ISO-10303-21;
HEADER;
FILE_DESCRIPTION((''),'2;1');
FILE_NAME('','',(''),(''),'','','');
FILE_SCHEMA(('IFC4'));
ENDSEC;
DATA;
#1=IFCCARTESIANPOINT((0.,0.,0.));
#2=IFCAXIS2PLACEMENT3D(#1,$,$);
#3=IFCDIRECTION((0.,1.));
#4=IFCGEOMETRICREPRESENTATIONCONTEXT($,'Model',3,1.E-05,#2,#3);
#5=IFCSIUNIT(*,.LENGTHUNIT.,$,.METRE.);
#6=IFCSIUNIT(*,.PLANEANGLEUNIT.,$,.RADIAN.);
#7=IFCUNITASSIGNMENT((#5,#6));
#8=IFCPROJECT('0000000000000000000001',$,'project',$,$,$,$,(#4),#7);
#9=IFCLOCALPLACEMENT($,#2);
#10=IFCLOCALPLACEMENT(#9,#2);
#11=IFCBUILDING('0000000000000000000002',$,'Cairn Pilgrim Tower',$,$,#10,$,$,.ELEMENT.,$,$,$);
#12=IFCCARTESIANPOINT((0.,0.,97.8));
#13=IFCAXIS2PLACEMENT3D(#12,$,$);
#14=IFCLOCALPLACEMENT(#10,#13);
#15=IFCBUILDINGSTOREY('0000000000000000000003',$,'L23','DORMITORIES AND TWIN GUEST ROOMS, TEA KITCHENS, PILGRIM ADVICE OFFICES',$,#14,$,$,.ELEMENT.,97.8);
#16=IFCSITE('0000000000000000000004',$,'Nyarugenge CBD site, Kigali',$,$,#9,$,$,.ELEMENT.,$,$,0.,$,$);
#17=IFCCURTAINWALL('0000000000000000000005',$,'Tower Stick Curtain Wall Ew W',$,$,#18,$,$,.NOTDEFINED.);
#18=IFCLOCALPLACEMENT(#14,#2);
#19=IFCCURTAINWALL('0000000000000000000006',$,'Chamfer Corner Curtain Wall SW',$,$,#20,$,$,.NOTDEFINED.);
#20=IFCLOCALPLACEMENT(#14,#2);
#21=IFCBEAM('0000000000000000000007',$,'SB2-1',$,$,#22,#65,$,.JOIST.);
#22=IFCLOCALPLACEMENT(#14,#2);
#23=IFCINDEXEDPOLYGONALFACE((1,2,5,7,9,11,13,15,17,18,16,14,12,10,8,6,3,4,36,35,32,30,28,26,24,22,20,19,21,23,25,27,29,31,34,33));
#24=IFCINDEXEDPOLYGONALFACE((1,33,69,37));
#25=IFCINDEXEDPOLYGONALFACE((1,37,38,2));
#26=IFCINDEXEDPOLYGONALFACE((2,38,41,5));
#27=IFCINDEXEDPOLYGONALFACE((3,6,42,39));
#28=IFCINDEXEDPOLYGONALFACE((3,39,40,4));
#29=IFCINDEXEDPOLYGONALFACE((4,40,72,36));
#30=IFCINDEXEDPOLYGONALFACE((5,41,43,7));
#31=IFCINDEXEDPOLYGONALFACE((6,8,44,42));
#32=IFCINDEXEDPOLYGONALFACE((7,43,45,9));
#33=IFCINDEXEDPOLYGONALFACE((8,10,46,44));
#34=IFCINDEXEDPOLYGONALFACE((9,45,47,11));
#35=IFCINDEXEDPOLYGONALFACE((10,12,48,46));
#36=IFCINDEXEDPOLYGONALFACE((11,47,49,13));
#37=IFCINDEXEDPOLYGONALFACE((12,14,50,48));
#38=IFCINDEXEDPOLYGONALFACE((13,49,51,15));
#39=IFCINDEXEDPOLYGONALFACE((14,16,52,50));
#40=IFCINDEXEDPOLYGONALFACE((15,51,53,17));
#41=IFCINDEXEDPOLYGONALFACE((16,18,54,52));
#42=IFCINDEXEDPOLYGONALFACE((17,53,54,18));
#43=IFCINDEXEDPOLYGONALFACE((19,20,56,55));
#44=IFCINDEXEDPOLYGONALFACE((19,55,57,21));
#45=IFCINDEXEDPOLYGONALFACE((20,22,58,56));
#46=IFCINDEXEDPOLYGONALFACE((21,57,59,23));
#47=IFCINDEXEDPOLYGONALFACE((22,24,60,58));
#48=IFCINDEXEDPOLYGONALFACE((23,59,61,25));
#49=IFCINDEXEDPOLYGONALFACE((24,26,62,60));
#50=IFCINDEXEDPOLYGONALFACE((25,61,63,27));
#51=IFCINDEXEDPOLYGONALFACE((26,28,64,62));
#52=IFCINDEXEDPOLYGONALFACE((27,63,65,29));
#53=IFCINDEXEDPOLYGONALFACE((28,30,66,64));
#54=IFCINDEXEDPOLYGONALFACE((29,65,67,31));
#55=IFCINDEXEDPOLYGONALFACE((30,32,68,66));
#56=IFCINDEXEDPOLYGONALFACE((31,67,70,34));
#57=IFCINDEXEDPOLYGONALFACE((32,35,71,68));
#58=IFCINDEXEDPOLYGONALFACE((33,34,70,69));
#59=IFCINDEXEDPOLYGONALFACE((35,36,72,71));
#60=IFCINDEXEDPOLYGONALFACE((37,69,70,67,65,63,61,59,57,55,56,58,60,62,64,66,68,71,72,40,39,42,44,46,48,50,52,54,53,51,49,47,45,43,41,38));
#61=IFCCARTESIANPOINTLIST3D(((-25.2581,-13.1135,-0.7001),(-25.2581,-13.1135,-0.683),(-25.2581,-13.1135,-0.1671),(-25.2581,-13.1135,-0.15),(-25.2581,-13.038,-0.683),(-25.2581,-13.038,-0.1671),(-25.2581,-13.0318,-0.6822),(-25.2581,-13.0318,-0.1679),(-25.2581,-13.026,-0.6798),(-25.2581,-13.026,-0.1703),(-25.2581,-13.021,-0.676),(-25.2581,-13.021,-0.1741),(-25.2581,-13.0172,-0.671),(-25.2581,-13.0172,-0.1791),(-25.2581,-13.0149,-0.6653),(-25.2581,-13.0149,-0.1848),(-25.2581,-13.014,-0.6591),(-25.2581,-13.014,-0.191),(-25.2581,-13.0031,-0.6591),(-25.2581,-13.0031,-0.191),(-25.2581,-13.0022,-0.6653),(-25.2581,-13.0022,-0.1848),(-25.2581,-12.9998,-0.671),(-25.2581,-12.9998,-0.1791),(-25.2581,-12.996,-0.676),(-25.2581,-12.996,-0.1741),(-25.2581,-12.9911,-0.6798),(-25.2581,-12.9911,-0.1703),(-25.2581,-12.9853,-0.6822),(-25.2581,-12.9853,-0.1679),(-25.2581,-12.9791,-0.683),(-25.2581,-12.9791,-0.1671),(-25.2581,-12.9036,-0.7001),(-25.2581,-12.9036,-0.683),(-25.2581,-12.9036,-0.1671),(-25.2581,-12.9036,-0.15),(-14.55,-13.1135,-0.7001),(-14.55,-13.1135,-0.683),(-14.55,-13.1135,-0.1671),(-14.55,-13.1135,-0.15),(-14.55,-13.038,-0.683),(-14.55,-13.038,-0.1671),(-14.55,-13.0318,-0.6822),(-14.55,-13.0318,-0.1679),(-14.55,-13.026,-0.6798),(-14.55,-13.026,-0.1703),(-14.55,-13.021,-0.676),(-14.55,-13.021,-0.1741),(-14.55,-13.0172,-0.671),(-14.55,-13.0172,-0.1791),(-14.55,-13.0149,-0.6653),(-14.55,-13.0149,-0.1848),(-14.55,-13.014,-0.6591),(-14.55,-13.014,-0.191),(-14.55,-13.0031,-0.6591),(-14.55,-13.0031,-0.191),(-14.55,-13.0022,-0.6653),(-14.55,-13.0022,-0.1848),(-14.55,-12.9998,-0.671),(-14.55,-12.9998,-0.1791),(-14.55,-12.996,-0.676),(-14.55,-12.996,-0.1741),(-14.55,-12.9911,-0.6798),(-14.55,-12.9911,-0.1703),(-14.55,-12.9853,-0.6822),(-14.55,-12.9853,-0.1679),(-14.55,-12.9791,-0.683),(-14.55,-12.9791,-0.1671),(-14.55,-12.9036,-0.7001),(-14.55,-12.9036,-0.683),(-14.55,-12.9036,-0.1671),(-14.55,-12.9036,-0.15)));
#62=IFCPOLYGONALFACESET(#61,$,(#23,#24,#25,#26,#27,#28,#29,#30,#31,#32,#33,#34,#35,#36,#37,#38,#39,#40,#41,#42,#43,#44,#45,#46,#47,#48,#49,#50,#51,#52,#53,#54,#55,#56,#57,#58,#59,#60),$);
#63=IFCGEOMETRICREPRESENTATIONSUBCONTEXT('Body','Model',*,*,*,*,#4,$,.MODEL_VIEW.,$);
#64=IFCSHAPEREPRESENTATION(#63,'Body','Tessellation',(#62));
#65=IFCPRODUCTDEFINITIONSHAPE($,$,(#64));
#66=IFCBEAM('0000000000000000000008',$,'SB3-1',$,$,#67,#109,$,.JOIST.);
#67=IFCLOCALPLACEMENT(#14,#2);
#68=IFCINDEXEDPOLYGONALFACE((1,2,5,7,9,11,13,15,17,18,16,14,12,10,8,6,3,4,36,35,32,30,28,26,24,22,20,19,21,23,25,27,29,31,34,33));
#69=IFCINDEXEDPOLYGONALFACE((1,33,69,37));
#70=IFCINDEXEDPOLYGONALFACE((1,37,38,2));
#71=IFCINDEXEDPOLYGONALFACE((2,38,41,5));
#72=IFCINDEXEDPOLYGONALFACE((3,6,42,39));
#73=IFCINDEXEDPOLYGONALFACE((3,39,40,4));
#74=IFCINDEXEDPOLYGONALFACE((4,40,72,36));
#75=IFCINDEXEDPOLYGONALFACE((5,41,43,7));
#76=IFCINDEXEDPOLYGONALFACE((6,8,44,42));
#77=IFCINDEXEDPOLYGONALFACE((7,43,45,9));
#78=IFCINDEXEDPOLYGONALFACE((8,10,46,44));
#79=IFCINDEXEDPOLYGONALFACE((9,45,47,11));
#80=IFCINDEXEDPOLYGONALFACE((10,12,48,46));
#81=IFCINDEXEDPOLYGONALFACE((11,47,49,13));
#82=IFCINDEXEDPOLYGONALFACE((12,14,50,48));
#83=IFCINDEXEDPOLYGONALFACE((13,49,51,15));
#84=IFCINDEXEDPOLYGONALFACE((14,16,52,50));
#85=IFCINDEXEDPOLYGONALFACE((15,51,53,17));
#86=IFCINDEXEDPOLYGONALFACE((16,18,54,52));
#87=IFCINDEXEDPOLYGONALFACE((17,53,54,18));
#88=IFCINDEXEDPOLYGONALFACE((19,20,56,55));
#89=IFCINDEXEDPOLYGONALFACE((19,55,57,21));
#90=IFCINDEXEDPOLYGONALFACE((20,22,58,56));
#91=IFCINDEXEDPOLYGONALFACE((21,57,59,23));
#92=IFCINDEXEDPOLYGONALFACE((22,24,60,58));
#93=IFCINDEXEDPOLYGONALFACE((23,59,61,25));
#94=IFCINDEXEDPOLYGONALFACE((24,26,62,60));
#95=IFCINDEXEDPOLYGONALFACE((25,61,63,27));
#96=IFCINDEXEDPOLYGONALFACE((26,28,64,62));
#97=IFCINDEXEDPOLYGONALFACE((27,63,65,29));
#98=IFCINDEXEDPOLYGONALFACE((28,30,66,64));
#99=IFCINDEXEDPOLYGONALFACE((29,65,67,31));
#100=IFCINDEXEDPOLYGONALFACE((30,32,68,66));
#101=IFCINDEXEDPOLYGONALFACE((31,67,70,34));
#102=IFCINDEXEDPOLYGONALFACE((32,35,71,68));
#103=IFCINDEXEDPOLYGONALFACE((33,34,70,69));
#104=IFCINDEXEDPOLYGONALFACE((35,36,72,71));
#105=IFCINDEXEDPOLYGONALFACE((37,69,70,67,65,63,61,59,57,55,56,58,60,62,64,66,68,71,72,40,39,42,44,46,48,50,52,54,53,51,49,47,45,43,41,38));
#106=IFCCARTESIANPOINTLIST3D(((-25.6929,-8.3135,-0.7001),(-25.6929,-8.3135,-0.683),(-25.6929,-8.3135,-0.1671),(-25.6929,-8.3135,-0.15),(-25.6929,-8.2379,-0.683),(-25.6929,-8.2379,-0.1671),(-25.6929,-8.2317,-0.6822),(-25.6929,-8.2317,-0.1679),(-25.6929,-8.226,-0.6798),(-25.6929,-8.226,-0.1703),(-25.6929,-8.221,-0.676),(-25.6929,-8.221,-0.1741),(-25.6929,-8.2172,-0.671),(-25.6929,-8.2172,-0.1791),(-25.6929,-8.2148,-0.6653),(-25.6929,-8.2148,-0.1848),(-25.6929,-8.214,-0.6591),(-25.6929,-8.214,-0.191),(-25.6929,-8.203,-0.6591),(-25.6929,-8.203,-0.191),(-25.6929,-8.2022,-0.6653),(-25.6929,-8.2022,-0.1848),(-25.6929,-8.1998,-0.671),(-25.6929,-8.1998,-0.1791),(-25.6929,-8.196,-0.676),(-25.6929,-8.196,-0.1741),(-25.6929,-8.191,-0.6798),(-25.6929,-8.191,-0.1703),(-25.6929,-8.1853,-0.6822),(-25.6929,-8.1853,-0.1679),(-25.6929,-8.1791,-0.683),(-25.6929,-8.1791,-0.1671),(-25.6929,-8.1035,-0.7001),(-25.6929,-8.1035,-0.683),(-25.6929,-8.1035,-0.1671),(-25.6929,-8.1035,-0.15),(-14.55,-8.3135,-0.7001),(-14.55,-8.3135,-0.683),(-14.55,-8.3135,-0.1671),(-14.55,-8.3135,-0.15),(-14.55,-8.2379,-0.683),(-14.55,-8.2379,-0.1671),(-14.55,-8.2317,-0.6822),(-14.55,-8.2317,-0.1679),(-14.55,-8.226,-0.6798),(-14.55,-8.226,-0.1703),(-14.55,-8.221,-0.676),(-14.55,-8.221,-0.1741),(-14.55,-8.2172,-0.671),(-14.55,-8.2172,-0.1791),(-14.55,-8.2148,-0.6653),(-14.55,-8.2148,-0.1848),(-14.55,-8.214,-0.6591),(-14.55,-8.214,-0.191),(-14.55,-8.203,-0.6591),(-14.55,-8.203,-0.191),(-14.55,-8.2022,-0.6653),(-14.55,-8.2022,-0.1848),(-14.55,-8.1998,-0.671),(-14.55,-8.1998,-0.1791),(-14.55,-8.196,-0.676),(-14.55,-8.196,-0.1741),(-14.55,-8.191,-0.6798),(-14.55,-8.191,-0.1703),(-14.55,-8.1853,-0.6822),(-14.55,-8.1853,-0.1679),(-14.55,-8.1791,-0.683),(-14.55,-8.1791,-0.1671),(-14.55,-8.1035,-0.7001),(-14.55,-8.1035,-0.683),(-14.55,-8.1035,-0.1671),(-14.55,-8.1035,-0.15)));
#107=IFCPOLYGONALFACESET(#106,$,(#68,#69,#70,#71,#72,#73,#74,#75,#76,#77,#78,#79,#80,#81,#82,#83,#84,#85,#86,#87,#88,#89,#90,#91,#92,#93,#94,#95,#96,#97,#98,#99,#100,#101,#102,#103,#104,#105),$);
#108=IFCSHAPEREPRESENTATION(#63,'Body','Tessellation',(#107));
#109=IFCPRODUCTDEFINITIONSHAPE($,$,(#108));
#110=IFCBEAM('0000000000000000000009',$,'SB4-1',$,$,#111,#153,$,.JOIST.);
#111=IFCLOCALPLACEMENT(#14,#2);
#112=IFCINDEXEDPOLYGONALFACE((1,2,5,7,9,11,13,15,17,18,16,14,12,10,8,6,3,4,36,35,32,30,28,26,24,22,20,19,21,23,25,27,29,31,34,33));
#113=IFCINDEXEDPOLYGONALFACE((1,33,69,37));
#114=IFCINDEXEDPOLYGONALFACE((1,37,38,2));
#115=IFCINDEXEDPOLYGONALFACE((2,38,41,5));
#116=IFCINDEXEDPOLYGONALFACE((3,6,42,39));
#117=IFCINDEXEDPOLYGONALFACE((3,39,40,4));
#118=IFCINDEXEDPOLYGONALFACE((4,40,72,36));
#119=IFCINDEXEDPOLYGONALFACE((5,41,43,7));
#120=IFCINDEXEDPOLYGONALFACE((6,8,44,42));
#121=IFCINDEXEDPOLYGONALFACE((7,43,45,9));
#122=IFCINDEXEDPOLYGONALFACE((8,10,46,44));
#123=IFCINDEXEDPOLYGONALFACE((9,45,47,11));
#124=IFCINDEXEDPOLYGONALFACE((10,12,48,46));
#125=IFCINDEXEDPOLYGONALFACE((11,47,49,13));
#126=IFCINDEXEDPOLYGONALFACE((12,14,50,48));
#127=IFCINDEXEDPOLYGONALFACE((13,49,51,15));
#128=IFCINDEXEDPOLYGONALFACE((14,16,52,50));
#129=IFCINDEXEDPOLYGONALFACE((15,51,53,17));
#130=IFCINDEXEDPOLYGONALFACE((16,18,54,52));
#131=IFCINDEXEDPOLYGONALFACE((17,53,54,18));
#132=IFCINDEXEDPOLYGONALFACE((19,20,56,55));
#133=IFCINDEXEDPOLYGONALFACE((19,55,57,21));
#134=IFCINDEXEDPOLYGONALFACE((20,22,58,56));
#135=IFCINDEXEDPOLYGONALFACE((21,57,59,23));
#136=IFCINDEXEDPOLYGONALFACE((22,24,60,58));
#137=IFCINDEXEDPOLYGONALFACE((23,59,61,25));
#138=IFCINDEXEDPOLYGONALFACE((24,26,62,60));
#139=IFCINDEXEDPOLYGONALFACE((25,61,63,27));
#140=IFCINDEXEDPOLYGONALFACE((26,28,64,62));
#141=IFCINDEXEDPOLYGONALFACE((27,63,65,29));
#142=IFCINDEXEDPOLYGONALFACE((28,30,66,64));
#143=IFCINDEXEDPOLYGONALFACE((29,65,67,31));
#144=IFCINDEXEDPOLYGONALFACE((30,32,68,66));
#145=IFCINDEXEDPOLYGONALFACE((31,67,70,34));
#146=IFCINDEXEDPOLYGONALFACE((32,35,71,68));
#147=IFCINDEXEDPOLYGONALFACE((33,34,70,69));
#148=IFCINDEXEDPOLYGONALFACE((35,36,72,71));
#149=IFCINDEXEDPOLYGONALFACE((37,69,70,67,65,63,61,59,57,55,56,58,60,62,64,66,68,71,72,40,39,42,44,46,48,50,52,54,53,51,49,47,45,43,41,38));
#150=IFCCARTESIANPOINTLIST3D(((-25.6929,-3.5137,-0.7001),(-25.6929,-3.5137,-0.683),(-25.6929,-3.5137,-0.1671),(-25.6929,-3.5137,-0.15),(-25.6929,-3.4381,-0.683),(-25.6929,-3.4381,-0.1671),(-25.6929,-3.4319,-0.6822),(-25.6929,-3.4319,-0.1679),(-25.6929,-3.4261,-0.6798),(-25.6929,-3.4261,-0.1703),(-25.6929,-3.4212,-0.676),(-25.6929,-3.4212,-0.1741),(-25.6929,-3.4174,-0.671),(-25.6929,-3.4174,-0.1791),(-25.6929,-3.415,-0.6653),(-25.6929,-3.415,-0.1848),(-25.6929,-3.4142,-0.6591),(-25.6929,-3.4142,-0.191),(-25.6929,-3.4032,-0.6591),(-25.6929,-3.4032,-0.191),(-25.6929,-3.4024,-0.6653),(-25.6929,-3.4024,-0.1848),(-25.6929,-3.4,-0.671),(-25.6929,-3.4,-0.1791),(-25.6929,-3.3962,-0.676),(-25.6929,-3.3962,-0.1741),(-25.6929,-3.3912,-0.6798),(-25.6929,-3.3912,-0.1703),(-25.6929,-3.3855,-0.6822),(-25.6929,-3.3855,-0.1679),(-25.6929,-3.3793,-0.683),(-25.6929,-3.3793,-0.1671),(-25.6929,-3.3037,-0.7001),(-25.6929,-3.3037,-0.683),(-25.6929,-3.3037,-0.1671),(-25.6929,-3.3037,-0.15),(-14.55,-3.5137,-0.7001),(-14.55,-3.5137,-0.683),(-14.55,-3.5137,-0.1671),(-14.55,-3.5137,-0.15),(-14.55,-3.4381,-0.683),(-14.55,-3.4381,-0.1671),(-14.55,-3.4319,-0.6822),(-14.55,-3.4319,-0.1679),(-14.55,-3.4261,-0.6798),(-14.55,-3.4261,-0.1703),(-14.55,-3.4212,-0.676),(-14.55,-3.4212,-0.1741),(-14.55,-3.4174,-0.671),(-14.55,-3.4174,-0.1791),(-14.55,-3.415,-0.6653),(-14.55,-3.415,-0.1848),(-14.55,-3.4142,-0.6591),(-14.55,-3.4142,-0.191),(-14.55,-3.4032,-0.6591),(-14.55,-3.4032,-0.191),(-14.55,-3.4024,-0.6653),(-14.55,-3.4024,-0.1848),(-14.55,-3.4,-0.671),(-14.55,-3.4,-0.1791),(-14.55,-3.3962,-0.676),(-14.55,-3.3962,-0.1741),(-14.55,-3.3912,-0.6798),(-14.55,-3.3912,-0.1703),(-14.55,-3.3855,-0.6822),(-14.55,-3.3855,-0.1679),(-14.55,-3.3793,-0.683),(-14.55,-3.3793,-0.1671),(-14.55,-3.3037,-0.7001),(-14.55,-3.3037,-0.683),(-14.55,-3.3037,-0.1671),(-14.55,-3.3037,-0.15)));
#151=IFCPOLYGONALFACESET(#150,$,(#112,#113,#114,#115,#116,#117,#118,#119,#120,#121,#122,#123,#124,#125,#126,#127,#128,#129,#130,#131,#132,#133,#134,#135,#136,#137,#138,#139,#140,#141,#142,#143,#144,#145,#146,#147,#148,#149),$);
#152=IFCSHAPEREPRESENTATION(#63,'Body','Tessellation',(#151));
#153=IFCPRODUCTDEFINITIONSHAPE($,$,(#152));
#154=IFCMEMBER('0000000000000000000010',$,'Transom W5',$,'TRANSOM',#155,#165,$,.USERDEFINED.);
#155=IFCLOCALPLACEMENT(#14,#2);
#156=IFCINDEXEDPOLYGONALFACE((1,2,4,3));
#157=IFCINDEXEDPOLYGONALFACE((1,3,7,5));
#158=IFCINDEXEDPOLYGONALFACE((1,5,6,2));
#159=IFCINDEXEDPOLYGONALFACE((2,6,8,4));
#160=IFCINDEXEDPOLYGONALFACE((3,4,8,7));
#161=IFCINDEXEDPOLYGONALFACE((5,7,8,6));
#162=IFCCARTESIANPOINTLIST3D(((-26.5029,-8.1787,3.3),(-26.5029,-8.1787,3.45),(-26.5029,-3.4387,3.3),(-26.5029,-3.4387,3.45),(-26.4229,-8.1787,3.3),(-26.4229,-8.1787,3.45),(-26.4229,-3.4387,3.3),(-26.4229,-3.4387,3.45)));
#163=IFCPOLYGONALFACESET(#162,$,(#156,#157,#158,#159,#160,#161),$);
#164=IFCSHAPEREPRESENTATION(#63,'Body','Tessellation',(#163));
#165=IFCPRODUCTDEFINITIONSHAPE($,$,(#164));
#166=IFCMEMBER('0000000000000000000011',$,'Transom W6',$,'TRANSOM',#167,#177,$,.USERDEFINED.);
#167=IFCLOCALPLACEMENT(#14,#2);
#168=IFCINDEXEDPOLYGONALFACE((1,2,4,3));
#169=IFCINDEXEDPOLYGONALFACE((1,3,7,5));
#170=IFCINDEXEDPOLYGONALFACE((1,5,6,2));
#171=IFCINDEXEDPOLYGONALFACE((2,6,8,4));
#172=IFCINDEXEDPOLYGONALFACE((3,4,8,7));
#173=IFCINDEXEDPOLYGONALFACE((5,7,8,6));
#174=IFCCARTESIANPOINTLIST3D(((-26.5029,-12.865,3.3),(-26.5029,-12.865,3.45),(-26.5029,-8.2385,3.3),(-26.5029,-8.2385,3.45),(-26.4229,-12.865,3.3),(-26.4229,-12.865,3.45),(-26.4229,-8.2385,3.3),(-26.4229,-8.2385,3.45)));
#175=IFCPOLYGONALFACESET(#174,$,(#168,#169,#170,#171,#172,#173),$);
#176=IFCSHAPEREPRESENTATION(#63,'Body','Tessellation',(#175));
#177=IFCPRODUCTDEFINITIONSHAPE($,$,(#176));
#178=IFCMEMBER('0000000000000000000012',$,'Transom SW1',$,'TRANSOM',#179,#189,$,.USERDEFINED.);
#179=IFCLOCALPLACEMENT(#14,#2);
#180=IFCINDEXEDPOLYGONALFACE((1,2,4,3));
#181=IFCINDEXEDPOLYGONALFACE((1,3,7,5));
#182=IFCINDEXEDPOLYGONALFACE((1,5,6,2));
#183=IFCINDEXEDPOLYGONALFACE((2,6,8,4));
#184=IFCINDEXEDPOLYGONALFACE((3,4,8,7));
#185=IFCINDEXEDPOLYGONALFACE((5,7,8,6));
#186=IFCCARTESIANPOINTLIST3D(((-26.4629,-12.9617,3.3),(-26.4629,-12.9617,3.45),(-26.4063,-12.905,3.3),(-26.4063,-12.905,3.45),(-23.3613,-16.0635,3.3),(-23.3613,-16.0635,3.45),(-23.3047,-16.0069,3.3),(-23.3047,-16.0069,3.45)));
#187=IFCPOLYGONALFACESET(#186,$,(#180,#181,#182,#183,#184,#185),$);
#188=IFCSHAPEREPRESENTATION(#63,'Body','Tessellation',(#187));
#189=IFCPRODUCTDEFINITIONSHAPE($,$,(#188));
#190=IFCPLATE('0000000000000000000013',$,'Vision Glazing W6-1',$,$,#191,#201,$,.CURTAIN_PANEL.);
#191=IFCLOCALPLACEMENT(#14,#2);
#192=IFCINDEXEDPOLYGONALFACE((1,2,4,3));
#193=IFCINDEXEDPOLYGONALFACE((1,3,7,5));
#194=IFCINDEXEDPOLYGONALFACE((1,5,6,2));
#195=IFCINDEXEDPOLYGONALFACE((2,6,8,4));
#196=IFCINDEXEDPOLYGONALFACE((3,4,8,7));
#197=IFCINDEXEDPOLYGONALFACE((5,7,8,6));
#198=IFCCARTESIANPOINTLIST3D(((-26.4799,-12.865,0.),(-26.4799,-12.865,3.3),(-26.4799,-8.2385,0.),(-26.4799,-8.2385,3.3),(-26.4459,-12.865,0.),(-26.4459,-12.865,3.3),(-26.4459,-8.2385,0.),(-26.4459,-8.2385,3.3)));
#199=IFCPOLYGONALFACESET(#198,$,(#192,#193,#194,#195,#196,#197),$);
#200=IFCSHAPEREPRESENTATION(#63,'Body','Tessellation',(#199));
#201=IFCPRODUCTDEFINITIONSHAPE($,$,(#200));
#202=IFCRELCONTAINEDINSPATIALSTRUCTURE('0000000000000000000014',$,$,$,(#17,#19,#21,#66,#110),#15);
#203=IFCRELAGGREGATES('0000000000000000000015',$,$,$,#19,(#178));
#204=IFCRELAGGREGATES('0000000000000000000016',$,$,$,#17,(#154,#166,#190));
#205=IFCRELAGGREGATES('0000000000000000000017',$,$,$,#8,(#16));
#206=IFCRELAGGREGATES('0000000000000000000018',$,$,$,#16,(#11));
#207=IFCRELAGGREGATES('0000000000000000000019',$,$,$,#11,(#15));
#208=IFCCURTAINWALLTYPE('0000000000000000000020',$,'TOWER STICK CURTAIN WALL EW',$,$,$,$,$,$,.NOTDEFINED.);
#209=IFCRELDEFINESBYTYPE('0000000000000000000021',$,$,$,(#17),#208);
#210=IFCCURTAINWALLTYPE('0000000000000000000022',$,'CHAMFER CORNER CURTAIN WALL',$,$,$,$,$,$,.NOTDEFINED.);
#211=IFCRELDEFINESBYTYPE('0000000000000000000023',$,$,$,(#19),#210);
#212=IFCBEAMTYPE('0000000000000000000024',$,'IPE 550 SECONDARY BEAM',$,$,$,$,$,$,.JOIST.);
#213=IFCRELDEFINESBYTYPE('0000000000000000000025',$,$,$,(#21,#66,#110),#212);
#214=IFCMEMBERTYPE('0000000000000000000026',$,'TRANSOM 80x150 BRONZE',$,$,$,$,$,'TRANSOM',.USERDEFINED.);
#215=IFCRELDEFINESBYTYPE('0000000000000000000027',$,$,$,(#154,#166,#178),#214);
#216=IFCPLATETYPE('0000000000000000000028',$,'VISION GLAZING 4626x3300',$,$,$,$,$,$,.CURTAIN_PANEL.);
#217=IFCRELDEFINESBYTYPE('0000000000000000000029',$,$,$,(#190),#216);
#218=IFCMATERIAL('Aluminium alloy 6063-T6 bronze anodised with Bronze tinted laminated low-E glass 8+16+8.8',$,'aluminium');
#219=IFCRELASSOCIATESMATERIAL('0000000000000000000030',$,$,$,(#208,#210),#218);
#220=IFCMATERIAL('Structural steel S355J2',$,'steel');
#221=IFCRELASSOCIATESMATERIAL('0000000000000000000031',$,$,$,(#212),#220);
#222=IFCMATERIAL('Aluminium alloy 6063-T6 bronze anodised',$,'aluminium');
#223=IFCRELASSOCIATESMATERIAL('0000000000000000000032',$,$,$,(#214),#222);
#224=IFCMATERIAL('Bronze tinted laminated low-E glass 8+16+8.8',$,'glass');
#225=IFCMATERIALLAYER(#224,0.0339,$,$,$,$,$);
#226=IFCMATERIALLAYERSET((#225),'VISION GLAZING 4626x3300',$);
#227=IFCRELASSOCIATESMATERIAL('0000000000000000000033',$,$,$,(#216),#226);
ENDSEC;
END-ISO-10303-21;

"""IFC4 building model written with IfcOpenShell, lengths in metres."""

from ifc_helpers import new_model, si_unit, direction, frame, origin, origin_2d, place, context, subcontext, project, spatial, rectangle, i_section, extrude, material, layer, layer_set, material_profile, profile_set, type_object, element, aggregate, save


model = new_model("IFC4")

# Units and contexts
model_context = context("Model", 3, precision=1e-05, world=origin(), true_north=direction((0.0, 1.0)))
body_context = subcontext(model_context, "Body", "Model", "MODEL_VIEW")
ifc_project = project(units=[si_unit("LENGTHUNIT", "METRE"), si_unit("PLANEANGLEUNIT", "RADIAN")], contexts=[model_context])

# Site, building, storey
site_placement = place(None, origin())
site = spatial("IfcSite", under=ifc_project, at=site_placement, Name="Nyarugenge CBD site, Kigali", CompositionType="ELEMENT", RefElevation=0.0)
building_placement = place(site_placement, origin())
building = spatial("IfcBuilding", under=site, at=building_placement, Name="Cairn Pilgrim Tower", CompositionType="ELEMENT")
storey_placement = place(building_placement, frame((0.0, 0.0, 97.8)))
storey = spatial("IfcBuildingStorey", under=building, at=storey_placement, Name="L23", Description="DORMITORIES AND TWIN GUEST ROOMS, TEA KITCHENS, PILGRIM ADVICE OFFICES", CompositionType="ELEMENT", Elevation=97.8)

# Curtain wall
ifc_material_1 = material(Name="Aluminium alloy 6063-T6 bronze anodised with Bronze tinted laminated low-E glass 8+16+8.8", Category="aluminium")
curtain_wall_type_1 = type_object("IfcCurtainWallType", Name="TOWER STICK CURTAIN WALL EW", PredefinedType="NOTDEFINED", material=ifc_material_1)
curtain_wall_1_placement = place(storey_placement, origin())
curtain_wall_1 = element("IfcCurtainWall", 1, at=curtain_wall_1_placement, inside=storey, type_object=curtain_wall_type_1, Name="Tower Stick Curtain Wall Ew W", PredefinedType="NOTDEFINED")
ifc_material_2 = material(Name="Aluminium alloy 6063-T6 bronze anodised", Category="aluminium")

# Curtain wall
curtain_wall_type_2 = type_object("IfcCurtainWallType", Name="CHAMFER CORNER CURTAIN WALL", PredefinedType="NOTDEFINED", material=ifc_material_1)
curtain_wall_2_placement = place(storey_placement, origin())
curtain_wall_2 = element("IfcCurtainWall", 2, at=curtain_wall_2_placement, inside=storey, type_object=curtain_wall_type_2, Name="Chamfer Corner Curtain Wall SW", PredefinedType="NOTDEFINED")

# Beams
ifc_material_3 = material(Name="Structural steel S355J2", Category="steel")
ifc_material_profile_1 = material_profile(ifc_material_3, i_section(OverallWidth=0.21, OverallDepth=0.55, WebThickness=0.011, FlangeThickness=0.0171, FilletRadius=0.0239, at=origin_2d()), Name="IPE 550")
ifc_profile_set_1 = profile_set([ifc_material_profile_1], Name="Structural steel S355J2")
beam_type_1 = type_object("IfcBeamType", Name="IPE 550 SECONDARY BEAM", PredefinedType="JOIST", material=ifc_profile_set_1)
beam_1_placement = place(storey_placement, frame((-25.2581, -13.0085, -0.425), z_axis=(1.0, 0.0, 0.0), x_axis=(0.0, 1.0, 0.0)))
element("IfcBeam", 3, at=beam_1_placement, inside=storey, type_object=beam_type_1, Name="SB2-1", PredefinedType="JOIST", context=body_context, shape_type="SweptSolid", body=[
    extrude(i_section(OverallWidth=0.21, OverallDepth=0.55, WebThickness=0.011, FlangeThickness=0.0171, FilletRadius=0.0239, at=origin_2d()), origin(), (0.0, 0.0, 1.0), 10.708),
])
for number, where, z_axis, x_axis, name in (
    (4, (-25.6929, -8.2085, -0.425), (1.0, 0.0, 0.0), (0.0, 1.0, 0.0), "SB3-1"),
    (5, (-25.6929, -3.4087, -0.425), (1.0, 0.0, 0.0), (0.0, 1.0, 0.0), "SB4-1"),
):
    element("IfcBeam", number, at=place(storey_placement, frame(where, z_axis=z_axis, x_axis=x_axis)), inside=storey, type_object=beam_type_1, Name=name, PredefinedType="JOIST", context=body_context, shape_type="SweptSolid", body=[
        extrude(i_section(OverallWidth=0.21, OverallDepth=0.55, WebThickness=0.011, FlangeThickness=0.0171, FilletRadius=0.0239, at=origin_2d()), origin(), (0.0, 0.0, 1.0), 11.1428),
    ])

# Members
ifc_material_profile_2 = material_profile(ifc_material_2, rectangle(XDim=0.0801, YDim=0.1499, at=origin_2d()), Name="TRANSOM 80x150 BRONZE")
ifc_profile_set_2 = profile_set([ifc_material_profile_2], Name="Aluminium alloy 6063-T6 bronze anodised")
member_type_1 = type_object("IfcMemberType", Name="TRANSOM 80x150 BRONZE", ElementType="TRANSOM", PredefinedType="USERDEFINED", material=ifc_profile_set_2)
member_1_placement = place(storey_placement, frame((-26.4629, -3.4387, 3.375), z_axis=(0.0, -1.0, 0.0), x_axis=(1.0, 0.0, 0.0)))
member_1 = element("IfcMember", 6, at=member_1_placement, type_object=member_type_1, Name="Transom W5", ObjectType="TRANSOM", PredefinedType="USERDEFINED", context=body_context, shape_type="SweptSolid", body=[
    extrude(rectangle(XDim=0.0801, YDim=0.1499, at=origin_2d()), origin(), (0.0, 0.0, 1.0), 4.74),
])
member_2_placement = place(storey_placement, frame((-26.4629, -8.2385, 3.375), z_axis=(0.0, -1.0, 0.0), x_axis=(1.0, 0.0, 0.0)))
member_2 = element("IfcMember", 7, at=member_2_placement, type_object=member_type_1, Name="Transom W6", ObjectType="TRANSOM", PredefinedType="USERDEFINED", context=body_context, shape_type="SweptSolid", body=[
    extrude(rectangle(XDim=0.0801, YDim=0.1499, at=origin_2d()), origin(), (0.0, 0.0, 1.0), 4.6265),
])
member_3_placement = place(storey_placement, frame((-26.4346, -12.9333, 3.375), z_axis=(0.707079, -0.707135, 0.0), x_axis=(0.707135, 0.707079, 0.0)))
member_3 = element("IfcMember", 8, at=member_3_placement, type_object=member_type_1, Name="Transom SW1", ObjectType="TRANSOM", PredefinedType="USERDEFINED", context=body_context, shape_type="SweptSolid", body=[
    extrude(rectangle(XDim=0.0801, YDim=0.1499, at=origin_2d()), origin(), (0.0, 0.0, 1.0), 4.3865),
])
aggregate(curtain_wall_2, [member_3])

# Plate
ifc_material_4 = material(Name="Bronze tinted laminated low-E glass 8+16+8.8", Category="glass")
ifc_layer_1 = layer(ifc_material_4, 0.0339)
ifc_layer_set_1 = layer_set([ifc_layer_1], Name="VISION GLAZING 4626x3300")
plate_type_1 = type_object("IfcPlateType", Name="VISION GLAZING 4626x3300", PredefinedType="CURTAIN_PANEL", material=ifc_layer_set_1)
plate_1_placement = place(storey_placement, frame((-26.4629, -10.5518, 0.0), z_axis=(0.0, 0.0, 1.0), x_axis=(0.0, -1.0, 0.0)))
plate_1 = element("IfcPlate", 9, at=plate_1_placement, type_object=plate_type_1, Name="Vision Glazing W6-1", PredefinedType="CURTAIN_PANEL", context=body_context, shape_type="SweptSolid", body=[
    extrude(rectangle(XDim=4.6265, YDim=0.0339, at=origin_2d()), origin(), (0.0, 0.0, 1.0), 3.3),
])
aggregate(curtain_wall_1, [member_1, member_2, plate_1])

save(model, "model.ifc")
